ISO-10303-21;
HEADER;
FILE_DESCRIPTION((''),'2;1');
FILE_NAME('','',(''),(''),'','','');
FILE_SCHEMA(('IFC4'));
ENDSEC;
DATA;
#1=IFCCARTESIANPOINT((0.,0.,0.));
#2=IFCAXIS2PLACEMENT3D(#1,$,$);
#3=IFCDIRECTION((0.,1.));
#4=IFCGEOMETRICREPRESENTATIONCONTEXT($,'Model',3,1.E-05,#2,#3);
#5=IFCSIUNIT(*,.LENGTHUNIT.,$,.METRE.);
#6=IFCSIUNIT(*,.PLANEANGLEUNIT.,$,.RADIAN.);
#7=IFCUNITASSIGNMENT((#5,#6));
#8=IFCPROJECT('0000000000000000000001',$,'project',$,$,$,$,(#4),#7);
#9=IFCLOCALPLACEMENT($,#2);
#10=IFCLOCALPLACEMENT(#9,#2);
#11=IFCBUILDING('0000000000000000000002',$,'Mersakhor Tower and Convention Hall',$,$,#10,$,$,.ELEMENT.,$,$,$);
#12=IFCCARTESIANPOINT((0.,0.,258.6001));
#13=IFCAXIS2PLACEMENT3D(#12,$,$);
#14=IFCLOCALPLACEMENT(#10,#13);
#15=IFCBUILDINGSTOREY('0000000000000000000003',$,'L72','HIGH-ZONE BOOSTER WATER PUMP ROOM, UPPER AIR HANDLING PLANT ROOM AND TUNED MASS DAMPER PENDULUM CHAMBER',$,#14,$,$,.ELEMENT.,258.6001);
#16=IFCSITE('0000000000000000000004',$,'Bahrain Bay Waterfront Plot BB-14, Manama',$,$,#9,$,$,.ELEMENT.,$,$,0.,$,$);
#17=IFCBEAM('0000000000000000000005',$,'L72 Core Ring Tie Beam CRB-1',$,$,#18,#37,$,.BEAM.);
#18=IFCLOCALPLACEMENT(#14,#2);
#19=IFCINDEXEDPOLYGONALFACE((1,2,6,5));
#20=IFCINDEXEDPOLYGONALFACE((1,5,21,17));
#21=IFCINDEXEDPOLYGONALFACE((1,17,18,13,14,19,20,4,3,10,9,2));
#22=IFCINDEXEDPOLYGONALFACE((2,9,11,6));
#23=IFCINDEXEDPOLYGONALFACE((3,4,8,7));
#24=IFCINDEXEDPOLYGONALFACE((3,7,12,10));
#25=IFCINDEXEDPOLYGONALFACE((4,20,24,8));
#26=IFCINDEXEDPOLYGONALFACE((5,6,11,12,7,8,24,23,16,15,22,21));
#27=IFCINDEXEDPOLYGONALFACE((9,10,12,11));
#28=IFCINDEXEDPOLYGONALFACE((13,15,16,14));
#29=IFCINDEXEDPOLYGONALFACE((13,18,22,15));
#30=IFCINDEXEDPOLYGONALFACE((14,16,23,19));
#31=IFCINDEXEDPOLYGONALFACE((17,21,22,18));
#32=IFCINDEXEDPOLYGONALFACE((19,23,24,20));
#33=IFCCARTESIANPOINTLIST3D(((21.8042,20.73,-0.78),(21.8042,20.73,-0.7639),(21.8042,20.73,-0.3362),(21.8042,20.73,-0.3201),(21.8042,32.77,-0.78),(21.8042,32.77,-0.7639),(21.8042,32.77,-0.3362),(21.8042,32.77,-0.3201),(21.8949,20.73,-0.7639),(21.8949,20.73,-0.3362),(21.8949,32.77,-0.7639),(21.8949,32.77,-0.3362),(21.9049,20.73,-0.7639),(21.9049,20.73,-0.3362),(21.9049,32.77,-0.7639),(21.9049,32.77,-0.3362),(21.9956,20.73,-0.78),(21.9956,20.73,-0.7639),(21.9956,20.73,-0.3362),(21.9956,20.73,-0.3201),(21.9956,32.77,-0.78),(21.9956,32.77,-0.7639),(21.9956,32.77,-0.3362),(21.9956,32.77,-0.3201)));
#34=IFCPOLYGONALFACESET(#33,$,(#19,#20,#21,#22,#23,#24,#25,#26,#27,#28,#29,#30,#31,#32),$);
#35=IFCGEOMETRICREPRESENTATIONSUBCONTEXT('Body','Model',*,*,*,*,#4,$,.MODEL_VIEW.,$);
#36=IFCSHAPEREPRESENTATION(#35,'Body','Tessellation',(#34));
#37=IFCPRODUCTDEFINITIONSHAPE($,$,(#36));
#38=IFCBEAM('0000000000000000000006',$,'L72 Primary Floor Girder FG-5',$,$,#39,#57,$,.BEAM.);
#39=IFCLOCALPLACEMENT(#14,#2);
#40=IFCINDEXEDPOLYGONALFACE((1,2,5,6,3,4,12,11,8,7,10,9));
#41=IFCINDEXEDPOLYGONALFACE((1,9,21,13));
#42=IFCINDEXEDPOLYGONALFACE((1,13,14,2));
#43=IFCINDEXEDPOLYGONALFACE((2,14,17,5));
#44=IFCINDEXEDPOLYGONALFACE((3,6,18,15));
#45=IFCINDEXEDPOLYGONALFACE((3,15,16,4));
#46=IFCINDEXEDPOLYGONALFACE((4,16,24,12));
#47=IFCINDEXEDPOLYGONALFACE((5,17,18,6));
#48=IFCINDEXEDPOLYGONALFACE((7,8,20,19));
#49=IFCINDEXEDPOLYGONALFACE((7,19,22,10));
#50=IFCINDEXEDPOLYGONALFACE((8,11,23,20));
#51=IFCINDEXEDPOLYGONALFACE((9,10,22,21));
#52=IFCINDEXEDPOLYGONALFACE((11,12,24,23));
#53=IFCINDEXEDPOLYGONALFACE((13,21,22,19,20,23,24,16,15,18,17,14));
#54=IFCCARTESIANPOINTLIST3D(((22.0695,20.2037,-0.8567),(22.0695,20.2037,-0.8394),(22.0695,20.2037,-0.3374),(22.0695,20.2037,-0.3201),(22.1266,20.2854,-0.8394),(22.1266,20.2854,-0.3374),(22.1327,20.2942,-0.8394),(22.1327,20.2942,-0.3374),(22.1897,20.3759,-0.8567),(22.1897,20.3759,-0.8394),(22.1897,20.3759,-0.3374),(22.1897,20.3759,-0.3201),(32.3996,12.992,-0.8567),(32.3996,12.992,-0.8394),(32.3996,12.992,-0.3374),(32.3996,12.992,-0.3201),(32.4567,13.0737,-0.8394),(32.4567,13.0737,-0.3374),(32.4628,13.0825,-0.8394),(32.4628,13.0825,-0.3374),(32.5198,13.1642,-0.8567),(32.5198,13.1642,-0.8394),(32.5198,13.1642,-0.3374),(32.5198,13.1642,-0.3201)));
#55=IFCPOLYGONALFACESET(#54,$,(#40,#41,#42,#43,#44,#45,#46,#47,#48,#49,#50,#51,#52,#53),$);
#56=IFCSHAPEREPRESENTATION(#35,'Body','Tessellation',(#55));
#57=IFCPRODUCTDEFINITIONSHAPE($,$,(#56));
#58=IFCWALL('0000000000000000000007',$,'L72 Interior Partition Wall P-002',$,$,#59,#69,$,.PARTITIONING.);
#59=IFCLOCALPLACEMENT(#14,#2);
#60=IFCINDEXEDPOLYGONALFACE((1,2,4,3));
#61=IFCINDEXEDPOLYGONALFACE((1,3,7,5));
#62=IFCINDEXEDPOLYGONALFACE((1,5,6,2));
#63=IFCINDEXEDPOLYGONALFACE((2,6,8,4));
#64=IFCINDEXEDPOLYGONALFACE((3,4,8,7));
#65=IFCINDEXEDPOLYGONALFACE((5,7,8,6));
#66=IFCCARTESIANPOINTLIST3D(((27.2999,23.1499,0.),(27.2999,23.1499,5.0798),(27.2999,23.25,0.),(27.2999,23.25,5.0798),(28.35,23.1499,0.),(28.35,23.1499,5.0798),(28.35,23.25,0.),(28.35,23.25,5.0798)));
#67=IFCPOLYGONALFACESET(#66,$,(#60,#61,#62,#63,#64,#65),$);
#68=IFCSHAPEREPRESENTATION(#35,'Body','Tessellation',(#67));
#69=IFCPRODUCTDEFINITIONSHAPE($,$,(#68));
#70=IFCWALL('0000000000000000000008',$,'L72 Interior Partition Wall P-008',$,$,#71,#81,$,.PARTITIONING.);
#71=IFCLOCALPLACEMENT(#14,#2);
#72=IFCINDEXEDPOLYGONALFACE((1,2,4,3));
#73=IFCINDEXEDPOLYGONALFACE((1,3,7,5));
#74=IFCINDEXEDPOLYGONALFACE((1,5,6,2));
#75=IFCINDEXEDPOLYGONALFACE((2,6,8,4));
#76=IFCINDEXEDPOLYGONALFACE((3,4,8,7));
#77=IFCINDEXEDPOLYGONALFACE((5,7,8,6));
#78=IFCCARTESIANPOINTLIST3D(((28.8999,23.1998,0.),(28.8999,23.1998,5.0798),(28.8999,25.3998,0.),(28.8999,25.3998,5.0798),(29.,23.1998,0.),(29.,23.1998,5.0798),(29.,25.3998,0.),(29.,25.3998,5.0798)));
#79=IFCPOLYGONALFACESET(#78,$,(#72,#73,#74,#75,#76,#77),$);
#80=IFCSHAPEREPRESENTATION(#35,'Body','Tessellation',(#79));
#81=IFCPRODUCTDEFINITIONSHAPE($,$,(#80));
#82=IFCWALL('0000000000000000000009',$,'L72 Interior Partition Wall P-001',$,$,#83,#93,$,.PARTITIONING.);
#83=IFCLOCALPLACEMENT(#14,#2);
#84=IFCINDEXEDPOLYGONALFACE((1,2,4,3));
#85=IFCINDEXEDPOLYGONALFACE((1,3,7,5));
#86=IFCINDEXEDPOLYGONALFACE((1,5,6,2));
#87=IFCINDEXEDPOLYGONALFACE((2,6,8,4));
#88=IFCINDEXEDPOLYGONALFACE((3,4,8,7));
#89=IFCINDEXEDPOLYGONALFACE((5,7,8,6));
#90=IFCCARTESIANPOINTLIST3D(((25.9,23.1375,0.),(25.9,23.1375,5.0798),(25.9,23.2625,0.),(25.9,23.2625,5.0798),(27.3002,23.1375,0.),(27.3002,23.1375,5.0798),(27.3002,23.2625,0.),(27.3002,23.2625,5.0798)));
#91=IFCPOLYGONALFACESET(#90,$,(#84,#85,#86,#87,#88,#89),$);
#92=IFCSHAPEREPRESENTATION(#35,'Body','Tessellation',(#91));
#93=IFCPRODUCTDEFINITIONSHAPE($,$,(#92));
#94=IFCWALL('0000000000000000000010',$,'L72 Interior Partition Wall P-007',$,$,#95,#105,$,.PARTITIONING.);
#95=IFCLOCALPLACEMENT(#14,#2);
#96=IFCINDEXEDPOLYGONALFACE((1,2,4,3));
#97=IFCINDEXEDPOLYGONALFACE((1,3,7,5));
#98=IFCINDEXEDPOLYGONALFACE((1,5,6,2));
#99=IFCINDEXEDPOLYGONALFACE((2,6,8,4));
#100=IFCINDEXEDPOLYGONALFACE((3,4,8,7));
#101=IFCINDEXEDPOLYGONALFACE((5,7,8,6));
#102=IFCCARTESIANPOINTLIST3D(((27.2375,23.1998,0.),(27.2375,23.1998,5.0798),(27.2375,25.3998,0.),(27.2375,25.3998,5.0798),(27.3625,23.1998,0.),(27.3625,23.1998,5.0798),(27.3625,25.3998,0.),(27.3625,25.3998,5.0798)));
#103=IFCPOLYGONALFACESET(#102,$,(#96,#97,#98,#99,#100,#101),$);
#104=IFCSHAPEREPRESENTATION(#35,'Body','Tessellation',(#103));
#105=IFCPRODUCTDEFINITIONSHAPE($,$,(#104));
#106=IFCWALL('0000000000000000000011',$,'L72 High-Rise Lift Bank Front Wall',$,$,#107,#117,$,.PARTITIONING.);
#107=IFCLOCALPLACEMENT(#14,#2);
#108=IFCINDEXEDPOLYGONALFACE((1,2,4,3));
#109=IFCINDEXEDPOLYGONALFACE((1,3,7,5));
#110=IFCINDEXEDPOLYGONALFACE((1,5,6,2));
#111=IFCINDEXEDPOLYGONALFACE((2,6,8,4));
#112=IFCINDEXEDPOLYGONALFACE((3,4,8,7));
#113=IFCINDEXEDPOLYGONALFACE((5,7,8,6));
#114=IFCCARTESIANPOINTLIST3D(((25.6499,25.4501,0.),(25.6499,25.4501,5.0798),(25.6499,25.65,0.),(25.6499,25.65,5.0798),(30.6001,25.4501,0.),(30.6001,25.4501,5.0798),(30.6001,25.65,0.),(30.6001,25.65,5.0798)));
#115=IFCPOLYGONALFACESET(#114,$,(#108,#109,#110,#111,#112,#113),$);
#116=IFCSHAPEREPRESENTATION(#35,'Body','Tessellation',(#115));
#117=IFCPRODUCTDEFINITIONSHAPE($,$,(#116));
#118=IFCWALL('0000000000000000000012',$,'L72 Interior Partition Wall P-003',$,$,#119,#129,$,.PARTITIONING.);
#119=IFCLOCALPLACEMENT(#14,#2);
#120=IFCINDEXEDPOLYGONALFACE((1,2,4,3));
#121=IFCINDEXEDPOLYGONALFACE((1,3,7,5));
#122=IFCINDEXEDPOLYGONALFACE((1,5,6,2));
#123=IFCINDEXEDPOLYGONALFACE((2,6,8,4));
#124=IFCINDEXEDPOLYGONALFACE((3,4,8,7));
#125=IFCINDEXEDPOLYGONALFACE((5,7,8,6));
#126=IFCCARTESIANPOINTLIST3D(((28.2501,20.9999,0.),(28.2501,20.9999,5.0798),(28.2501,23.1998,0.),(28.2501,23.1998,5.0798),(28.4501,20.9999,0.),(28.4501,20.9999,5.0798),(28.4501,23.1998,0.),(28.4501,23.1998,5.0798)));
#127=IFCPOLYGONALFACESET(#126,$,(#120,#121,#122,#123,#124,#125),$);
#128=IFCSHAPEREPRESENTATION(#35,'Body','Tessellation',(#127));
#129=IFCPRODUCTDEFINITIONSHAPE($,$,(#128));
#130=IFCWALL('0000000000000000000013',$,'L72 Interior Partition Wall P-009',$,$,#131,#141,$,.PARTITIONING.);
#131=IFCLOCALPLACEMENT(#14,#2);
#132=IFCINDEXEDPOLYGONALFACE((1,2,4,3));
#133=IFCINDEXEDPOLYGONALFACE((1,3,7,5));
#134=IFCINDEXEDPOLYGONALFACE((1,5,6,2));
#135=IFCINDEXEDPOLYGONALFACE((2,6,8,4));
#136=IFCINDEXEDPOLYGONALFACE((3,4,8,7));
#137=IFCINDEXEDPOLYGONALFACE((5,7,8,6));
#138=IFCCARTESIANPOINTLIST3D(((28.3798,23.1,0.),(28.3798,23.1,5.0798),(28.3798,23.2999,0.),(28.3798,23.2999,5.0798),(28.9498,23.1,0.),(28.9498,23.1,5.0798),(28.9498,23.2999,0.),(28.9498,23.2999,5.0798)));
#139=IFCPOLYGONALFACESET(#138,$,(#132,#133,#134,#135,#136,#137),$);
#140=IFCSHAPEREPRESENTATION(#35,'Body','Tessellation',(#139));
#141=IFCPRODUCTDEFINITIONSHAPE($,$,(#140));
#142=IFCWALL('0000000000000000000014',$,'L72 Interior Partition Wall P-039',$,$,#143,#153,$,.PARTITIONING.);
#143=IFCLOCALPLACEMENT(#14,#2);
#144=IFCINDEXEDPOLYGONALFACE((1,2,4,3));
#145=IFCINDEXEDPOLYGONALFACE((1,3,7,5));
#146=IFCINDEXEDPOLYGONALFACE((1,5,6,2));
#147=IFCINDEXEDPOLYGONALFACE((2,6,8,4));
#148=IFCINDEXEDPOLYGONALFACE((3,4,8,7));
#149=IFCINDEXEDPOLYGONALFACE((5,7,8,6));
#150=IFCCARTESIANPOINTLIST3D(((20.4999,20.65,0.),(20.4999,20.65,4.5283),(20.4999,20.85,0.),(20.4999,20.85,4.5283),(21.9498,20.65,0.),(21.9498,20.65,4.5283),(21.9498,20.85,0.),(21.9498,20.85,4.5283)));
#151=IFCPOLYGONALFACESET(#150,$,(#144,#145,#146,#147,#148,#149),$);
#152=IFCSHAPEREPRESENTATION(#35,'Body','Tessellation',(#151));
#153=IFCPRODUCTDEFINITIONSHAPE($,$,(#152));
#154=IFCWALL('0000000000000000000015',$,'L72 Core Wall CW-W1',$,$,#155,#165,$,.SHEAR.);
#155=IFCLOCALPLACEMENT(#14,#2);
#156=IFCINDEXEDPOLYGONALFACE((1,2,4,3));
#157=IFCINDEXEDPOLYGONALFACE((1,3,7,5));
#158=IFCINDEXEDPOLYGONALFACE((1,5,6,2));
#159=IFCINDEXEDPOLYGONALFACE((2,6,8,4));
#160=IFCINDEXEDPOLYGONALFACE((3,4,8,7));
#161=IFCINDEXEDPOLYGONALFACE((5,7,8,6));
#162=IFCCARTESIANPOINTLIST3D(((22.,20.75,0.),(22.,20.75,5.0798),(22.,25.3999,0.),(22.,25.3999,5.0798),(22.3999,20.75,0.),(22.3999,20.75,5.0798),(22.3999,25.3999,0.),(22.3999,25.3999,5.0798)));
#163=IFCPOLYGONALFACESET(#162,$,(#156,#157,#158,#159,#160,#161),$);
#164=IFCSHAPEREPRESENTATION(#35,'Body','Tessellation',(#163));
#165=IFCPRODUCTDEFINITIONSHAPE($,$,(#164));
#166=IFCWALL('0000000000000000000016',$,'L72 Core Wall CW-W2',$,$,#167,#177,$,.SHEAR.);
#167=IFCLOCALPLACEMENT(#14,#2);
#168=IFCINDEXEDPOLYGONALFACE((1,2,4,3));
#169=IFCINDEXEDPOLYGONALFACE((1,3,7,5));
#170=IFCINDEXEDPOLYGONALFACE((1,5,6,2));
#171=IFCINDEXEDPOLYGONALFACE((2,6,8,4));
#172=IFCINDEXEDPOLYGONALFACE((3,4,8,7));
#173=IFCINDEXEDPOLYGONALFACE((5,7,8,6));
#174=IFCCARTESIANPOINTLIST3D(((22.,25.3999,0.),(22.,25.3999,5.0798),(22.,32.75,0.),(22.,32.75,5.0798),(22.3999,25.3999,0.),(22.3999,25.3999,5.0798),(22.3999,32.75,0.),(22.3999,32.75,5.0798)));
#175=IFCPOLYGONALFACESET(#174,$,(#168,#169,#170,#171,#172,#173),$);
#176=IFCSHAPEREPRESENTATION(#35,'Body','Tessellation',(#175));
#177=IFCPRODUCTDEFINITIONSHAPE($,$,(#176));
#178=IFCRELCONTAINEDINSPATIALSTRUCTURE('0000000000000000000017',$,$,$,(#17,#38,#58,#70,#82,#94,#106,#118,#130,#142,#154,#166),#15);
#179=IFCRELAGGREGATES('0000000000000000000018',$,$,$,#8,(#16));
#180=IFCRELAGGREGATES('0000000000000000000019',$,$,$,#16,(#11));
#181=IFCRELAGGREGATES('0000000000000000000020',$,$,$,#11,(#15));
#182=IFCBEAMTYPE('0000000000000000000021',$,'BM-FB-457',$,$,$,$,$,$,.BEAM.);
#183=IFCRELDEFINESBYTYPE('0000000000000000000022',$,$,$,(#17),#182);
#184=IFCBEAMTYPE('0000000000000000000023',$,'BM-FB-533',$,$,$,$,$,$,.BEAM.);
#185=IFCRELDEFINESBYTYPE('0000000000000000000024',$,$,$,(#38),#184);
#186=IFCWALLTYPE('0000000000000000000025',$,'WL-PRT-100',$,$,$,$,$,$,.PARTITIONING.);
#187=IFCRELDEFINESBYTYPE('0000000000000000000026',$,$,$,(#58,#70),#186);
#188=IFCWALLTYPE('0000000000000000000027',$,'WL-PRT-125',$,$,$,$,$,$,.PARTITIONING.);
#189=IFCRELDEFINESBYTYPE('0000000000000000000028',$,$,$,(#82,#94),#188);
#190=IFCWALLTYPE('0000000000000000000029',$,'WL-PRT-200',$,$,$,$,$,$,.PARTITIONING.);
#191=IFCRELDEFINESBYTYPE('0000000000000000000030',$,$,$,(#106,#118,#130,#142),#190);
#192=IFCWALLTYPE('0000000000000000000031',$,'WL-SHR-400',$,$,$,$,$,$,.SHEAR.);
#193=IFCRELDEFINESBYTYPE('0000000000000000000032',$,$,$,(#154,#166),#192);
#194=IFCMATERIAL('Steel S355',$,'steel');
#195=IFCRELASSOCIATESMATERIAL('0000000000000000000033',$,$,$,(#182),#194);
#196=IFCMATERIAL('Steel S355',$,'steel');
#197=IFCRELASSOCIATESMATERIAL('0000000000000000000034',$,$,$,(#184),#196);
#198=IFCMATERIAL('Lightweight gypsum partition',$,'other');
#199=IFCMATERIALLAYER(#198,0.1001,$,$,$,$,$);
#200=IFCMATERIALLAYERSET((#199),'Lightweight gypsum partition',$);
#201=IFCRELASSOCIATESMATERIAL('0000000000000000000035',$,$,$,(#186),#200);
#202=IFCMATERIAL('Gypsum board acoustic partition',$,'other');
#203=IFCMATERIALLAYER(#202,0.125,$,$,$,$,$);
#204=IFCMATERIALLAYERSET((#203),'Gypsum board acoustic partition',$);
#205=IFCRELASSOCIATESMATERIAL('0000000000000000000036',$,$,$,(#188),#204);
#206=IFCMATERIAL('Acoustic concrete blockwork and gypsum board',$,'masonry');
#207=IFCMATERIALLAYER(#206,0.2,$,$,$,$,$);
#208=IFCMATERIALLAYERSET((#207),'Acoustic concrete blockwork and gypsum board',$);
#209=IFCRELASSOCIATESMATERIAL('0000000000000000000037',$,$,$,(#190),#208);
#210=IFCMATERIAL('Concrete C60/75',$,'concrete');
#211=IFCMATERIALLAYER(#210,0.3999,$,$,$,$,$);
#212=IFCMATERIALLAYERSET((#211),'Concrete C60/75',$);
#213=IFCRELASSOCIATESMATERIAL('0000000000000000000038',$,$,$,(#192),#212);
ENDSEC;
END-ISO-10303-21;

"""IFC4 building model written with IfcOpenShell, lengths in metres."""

from ifc_helpers import new_model, si_unit, direction, frame, frame_2d, origin, origin_2d, place, context, subcontext, project, spatial, rectangle, i_section, extrude, material, layer, layer_set, material_profile, profile_set, type_object, element, save


model = new_model("IFC4")

# Units and contexts
model_context = context("Model", 3, precision=1e-05, world=origin(), true_north=direction((0.0, 1.0)))
body_context = subcontext(model_context, "Body", "Model", "MODEL_VIEW")
ifc_project = project(units=[si_unit("LENGTHUNIT", "METRE"), si_unit("PLANEANGLEUNIT", "RADIAN")], contexts=[model_context])

# Site, building, storey
site_placement = place(None, origin())
site = spatial("IfcSite", under=ifc_project, at=site_placement, Name="Bahrain Bay Waterfront Plot BB-14, Manama", CompositionType="ELEMENT", RefElevation=0.0)
building_placement = place(site_placement, origin())
building = spatial("IfcBuilding", under=site, at=building_placement, Name="Mersakhor Tower and Convention Hall", CompositionType="ELEMENT")
storey_placement = place(building_placement, frame((0.0, 0.0, 258.6001)))
storey = spatial("IfcBuildingStorey", under=building, at=storey_placement, Name="L72", Description="HIGH-ZONE BOOSTER WATER PUMP ROOM, UPPER AIR HANDLING PLANT ROOM AND TUNED MASS DAMPER PENDULUM CHAMBER", CompositionType="ELEMENT", Elevation=258.6001)

# Beams
ifc_material_1 = material(Name="Steel S355", Category="steel")
ifc_material_profile_1 = material_profile(ifc_material_1, i_section(OverallWidth=0.1914, OverallDepth=0.46, WebThickness=0.01, FlangeThickness=0.0161, at=origin_2d()), Name="UB 457x191x82")
ifc_profile_set_1 = profile_set([ifc_material_profile_1], Name="Steel S355")
beam_type_1 = type_object("IfcBeamType", Name="BM-FB-457", PredefinedType="BEAM", material=ifc_profile_set_1)
beam_1_placement = place(storey_placement, frame((21.8999, 20.73, -0.55), z_axis=(0.0, 1.0, 0.0), x_axis=(-1.0, 0.0, 0.0)))
element("IfcBeam", 1, at=beam_1_placement, inside=storey, type_object=beam_type_1, Name="L72 Core Ring Tie Beam CRB-1", PredefinedType="BEAM", context=body_context, shape_type="SweptSolid", body=[
    extrude(i_section(OverallWidth=0.1914, OverallDepth=0.46, WebThickness=0.01, FlangeThickness=0.0161, at=origin_2d()), origin(), (0.0, 0.0, 1.0), 12.04),
])
ifc_material_2 = material(Name="Steel S355", Category="steel")
ifc_material_profile_2 = material_profile(ifc_material_2, i_section(OverallWidth=0.21, OverallDepth=0.5366, WebThickness=0.0107, FlangeThickness=0.0173, at=origin_2d()), Name="UB 533x210x101")
ifc_profile_set_2 = profile_set([ifc_material_profile_2], Name="Steel S355")
beam_type_2 = type_object("IfcBeamType", Name="BM-FB-533", PredefinedType="BEAM", material=ifc_profile_set_2)
beam_2_placement = place(storey_placement, frame((22.1296, 20.2898, -0.5884), z_axis=(0.819954, -0.572429, 0.0), x_axis=(0.572429, 0.819954, 0.0)))
element("IfcBeam", 2, at=beam_2_placement, inside=storey, type_object=beam_type_2, Name="L72 Primary Floor Girder FG-5", PredefinedType="BEAM", context=body_context, shape_type="SweptSolid", body=[
    extrude(i_section(OverallWidth=0.21, OverallDepth=0.5366, WebThickness=0.0107, FlangeThickness=0.0173, at=origin_2d()), origin(), (0.0, 0.0, 1.0), 12.5984),
])

# Walls
ifc_material_3 = material(Name="Lightweight gypsum partition", Category="other")
ifc_layer_1 = layer(ifc_material_3, 0.1001)
ifc_layer_set_1 = layer_set([ifc_layer_1], Name="Lightweight gypsum partition")
wall_type_1 = type_object("IfcWallType", Name="WL-PRT-100", PredefinedType="PARTITIONING", material=ifc_layer_set_1)
wall_1_placement = place(storey_placement, frame((27.3, 23.2, 0.0), z_axis=(0.0, 0.0, 1.0), x_axis=(1.0, 0.0, 0.0)))
element("IfcWall", 3, at=wall_1_placement, inside=storey, type_object=wall_type_1, Name="L72 Interior Partition Wall P-002", PredefinedType="PARTITIONING", context=body_context, shape_type="SweptSolid", body=[
    extrude(rectangle(XDim=1.05, YDim=0.1001, at=frame_2d((0.5249, 0.0))), origin(), (0.0, 0.0, 1.0), 5.0798),
])
wall_2_placement = place(storey_placement, frame((28.95, 25.3999, 0.0), z_axis=(0.0, 0.0, 1.0), x_axis=(0.0, -1.0, 0.0)))
element("IfcWall", 4, at=wall_2_placement, inside=storey, type_object=wall_type_1, Name="L72 Interior Partition Wall P-008", PredefinedType="PARTITIONING", context=body_context, shape_type="SweptSolid", body=[
    extrude(rectangle(XDim=2.2, YDim=0.1001, at=frame_2d((1.1001, 0.0))), origin(), (0.0, 0.0, 1.0), 5.0798),
])
ifc_material_4 = material(Name="Gypsum board acoustic partition", Category="other")
ifc_layer_2 = layer(ifc_material_4, 0.125)
ifc_layer_set_2 = layer_set([ifc_layer_2], Name="Gypsum board acoustic partition")
wall_type_2 = type_object("IfcWallType", Name="WL-PRT-125", PredefinedType="PARTITIONING", material=ifc_layer_set_2)
wall_3_placement = place(storey_placement, frame((25.8999, 23.2, 0.0), z_axis=(0.0, 0.0, 1.0), x_axis=(1.0, 0.0, 0.0)))
element("IfcWall", 5, at=wall_3_placement, inside=storey, type_object=wall_type_2, Name="L72 Interior Partition Wall P-001", PredefinedType="PARTITIONING", context=body_context, shape_type="SweptSolid", body=[
    extrude(rectangle(XDim=1.4001, YDim=0.125, at=frame_2d((0.7002, 0.0))), origin(), (0.0, 0.0, 1.0), 5.0798),
])
wall_4_placement = place(storey_placement, frame((27.3, 25.3999, 0.0), z_axis=(0.0, 0.0, 1.0), x_axis=(0.0, -1.0, 0.0)))
element("IfcWall", 6, at=wall_4_placement, inside=storey, type_object=wall_type_2, Name="L72 Interior Partition Wall P-007", PredefinedType="PARTITIONING", context=body_context, shape_type="SweptSolid", body=[
    extrude(rectangle(XDim=2.2, YDim=0.125, at=frame_2d((1.1001, 0.0))), origin(), (0.0, 0.0, 1.0), 5.0798),
])
ifc_material_5 = material(Name="Acoustic concrete blockwork and gypsum board", Category="masonry")
ifc_layer_3 = layer(ifc_material_5, 0.2)
ifc_layer_set_3 = layer_set([ifc_layer_3], Name="Acoustic concrete blockwork and gypsum board")
wall_type_3 = type_object("IfcWallType", Name="WL-PRT-200", PredefinedType="PARTITIONING", material=ifc_layer_set_3)
wall_5_placement = place(storey_placement, frame((25.6499, 25.55, 0.0), z_axis=(0.0, 0.0, 1.0), x_axis=(1.0, 0.0, 0.0)))
element("IfcWall", 7, at=wall_5_placement, inside=storey, type_object=wall_type_3, Name="L72 High-Rise Lift Bank Front Wall", PredefinedType="PARTITIONING", context=body_context, shape_type="SweptSolid", body=[
    extrude(rectangle(XDim=4.9502, YDim=0.2, at=frame_2d((2.4751, 0.0))), origin(), (0.0, 0.0, 1.0), 5.0798),
])
wall_6_placement = place(storey_placement, frame((28.3501, 23.2, 0.0), z_axis=(0.0, 0.0, 1.0), x_axis=(0.0, -1.0, 0.0)))
element("IfcWall", 8, at=wall_6_placement, inside=storey, type_object=wall_type_3, Name="L72 Interior Partition Wall P-003", PredefinedType="PARTITIONING", context=body_context, shape_type="SweptSolid", body=[
    extrude(rectangle(XDim=2.2, YDim=0.2, at=frame_2d((1.1001, 0.0))), origin(), (0.0, 0.0, 1.0), 5.0798),
])
wall_7_placement = place(storey_placement, frame((28.95, 23.2, 0.0), z_axis=(0.0, 0.0, 1.0), x_axis=(-1.0, 0.0, 0.0)))
element("IfcWall", 9, at=wall_7_placement, inside=storey, type_object=wall_type_3, Name="L72 Interior Partition Wall P-009", PredefinedType="PARTITIONING", context=body_context, shape_type="SweptSolid", body=[
    extrude(rectangle(XDim=0.5701, YDim=0.2, at=frame_2d((0.2852, 0.0))), origin(), (0.0, 0.0, 1.0), 5.0798),
])
wall_8_placement = place(storey_placement, frame((21.95, 20.75, 0.0), z_axis=(0.0, 0.0, 1.0), x_axis=(-1.0, 0.0, 0.0)))
element("IfcWall", 10, at=wall_8_placement, inside=storey, type_object=wall_type_3, Name="L72 Interior Partition Wall P-039", PredefinedType="PARTITIONING", context=body_context, shape_type="SweptSolid", body=[
    extrude(rectangle(XDim=1.45, YDim=0.2, at=frame_2d((0.7251, 0.0))), origin(), (0.0, 0.0, 1.0), 4.5283),
])

# Walls
ifc_material_6 = material(Name="Concrete C60/75", Category="concrete")
ifc_layer_4 = layer(ifc_material_6, 0.3999)
ifc_layer_set_4 = layer_set([ifc_layer_4], Name="Concrete C60/75")
wall_type_4 = type_object("IfcWallType", Name="WL-SHR-400", PredefinedType="SHEAR", material=ifc_layer_set_4)
wall_9_placement = place(storey_placement, frame((22.2, 20.75, 0.0), z_axis=(0.0, 0.0, 1.0), x_axis=(0.0, 1.0, 0.0)))
element("IfcWall", 11, at=wall_9_placement, inside=storey, type_object=wall_type_4, Name="L72 Core Wall CW-W1", PredefinedType="SHEAR", context=body_context, shape_type="SweptSolid", body=[
    extrude(rectangle(XDim=4.6499, YDim=0.3999, at=frame_2d((2.325, 0.0))), origin(), (0.0, 0.0, 1.0), 5.0798),
])
wall_10_placement = place(storey_placement, frame((22.2, 25.3999, 0.0), z_axis=(0.0, 0.0, 1.0), x_axis=(0.0, 1.0, 0.0)))
element("IfcWall", 12, at=wall_10_placement, inside=storey, type_object=wall_type_4, Name="L72 Core Wall CW-W2", PredefinedType="SHEAR", context=body_context, shape_type="SweptSolid", body=[
    extrude(rectangle(XDim=7.3501, YDim=0.3999, at=frame_2d((3.675, 0.0))), origin(), (0.0, 0.0, 1.0), 5.0798),
])

save(model, "model.ifc")
